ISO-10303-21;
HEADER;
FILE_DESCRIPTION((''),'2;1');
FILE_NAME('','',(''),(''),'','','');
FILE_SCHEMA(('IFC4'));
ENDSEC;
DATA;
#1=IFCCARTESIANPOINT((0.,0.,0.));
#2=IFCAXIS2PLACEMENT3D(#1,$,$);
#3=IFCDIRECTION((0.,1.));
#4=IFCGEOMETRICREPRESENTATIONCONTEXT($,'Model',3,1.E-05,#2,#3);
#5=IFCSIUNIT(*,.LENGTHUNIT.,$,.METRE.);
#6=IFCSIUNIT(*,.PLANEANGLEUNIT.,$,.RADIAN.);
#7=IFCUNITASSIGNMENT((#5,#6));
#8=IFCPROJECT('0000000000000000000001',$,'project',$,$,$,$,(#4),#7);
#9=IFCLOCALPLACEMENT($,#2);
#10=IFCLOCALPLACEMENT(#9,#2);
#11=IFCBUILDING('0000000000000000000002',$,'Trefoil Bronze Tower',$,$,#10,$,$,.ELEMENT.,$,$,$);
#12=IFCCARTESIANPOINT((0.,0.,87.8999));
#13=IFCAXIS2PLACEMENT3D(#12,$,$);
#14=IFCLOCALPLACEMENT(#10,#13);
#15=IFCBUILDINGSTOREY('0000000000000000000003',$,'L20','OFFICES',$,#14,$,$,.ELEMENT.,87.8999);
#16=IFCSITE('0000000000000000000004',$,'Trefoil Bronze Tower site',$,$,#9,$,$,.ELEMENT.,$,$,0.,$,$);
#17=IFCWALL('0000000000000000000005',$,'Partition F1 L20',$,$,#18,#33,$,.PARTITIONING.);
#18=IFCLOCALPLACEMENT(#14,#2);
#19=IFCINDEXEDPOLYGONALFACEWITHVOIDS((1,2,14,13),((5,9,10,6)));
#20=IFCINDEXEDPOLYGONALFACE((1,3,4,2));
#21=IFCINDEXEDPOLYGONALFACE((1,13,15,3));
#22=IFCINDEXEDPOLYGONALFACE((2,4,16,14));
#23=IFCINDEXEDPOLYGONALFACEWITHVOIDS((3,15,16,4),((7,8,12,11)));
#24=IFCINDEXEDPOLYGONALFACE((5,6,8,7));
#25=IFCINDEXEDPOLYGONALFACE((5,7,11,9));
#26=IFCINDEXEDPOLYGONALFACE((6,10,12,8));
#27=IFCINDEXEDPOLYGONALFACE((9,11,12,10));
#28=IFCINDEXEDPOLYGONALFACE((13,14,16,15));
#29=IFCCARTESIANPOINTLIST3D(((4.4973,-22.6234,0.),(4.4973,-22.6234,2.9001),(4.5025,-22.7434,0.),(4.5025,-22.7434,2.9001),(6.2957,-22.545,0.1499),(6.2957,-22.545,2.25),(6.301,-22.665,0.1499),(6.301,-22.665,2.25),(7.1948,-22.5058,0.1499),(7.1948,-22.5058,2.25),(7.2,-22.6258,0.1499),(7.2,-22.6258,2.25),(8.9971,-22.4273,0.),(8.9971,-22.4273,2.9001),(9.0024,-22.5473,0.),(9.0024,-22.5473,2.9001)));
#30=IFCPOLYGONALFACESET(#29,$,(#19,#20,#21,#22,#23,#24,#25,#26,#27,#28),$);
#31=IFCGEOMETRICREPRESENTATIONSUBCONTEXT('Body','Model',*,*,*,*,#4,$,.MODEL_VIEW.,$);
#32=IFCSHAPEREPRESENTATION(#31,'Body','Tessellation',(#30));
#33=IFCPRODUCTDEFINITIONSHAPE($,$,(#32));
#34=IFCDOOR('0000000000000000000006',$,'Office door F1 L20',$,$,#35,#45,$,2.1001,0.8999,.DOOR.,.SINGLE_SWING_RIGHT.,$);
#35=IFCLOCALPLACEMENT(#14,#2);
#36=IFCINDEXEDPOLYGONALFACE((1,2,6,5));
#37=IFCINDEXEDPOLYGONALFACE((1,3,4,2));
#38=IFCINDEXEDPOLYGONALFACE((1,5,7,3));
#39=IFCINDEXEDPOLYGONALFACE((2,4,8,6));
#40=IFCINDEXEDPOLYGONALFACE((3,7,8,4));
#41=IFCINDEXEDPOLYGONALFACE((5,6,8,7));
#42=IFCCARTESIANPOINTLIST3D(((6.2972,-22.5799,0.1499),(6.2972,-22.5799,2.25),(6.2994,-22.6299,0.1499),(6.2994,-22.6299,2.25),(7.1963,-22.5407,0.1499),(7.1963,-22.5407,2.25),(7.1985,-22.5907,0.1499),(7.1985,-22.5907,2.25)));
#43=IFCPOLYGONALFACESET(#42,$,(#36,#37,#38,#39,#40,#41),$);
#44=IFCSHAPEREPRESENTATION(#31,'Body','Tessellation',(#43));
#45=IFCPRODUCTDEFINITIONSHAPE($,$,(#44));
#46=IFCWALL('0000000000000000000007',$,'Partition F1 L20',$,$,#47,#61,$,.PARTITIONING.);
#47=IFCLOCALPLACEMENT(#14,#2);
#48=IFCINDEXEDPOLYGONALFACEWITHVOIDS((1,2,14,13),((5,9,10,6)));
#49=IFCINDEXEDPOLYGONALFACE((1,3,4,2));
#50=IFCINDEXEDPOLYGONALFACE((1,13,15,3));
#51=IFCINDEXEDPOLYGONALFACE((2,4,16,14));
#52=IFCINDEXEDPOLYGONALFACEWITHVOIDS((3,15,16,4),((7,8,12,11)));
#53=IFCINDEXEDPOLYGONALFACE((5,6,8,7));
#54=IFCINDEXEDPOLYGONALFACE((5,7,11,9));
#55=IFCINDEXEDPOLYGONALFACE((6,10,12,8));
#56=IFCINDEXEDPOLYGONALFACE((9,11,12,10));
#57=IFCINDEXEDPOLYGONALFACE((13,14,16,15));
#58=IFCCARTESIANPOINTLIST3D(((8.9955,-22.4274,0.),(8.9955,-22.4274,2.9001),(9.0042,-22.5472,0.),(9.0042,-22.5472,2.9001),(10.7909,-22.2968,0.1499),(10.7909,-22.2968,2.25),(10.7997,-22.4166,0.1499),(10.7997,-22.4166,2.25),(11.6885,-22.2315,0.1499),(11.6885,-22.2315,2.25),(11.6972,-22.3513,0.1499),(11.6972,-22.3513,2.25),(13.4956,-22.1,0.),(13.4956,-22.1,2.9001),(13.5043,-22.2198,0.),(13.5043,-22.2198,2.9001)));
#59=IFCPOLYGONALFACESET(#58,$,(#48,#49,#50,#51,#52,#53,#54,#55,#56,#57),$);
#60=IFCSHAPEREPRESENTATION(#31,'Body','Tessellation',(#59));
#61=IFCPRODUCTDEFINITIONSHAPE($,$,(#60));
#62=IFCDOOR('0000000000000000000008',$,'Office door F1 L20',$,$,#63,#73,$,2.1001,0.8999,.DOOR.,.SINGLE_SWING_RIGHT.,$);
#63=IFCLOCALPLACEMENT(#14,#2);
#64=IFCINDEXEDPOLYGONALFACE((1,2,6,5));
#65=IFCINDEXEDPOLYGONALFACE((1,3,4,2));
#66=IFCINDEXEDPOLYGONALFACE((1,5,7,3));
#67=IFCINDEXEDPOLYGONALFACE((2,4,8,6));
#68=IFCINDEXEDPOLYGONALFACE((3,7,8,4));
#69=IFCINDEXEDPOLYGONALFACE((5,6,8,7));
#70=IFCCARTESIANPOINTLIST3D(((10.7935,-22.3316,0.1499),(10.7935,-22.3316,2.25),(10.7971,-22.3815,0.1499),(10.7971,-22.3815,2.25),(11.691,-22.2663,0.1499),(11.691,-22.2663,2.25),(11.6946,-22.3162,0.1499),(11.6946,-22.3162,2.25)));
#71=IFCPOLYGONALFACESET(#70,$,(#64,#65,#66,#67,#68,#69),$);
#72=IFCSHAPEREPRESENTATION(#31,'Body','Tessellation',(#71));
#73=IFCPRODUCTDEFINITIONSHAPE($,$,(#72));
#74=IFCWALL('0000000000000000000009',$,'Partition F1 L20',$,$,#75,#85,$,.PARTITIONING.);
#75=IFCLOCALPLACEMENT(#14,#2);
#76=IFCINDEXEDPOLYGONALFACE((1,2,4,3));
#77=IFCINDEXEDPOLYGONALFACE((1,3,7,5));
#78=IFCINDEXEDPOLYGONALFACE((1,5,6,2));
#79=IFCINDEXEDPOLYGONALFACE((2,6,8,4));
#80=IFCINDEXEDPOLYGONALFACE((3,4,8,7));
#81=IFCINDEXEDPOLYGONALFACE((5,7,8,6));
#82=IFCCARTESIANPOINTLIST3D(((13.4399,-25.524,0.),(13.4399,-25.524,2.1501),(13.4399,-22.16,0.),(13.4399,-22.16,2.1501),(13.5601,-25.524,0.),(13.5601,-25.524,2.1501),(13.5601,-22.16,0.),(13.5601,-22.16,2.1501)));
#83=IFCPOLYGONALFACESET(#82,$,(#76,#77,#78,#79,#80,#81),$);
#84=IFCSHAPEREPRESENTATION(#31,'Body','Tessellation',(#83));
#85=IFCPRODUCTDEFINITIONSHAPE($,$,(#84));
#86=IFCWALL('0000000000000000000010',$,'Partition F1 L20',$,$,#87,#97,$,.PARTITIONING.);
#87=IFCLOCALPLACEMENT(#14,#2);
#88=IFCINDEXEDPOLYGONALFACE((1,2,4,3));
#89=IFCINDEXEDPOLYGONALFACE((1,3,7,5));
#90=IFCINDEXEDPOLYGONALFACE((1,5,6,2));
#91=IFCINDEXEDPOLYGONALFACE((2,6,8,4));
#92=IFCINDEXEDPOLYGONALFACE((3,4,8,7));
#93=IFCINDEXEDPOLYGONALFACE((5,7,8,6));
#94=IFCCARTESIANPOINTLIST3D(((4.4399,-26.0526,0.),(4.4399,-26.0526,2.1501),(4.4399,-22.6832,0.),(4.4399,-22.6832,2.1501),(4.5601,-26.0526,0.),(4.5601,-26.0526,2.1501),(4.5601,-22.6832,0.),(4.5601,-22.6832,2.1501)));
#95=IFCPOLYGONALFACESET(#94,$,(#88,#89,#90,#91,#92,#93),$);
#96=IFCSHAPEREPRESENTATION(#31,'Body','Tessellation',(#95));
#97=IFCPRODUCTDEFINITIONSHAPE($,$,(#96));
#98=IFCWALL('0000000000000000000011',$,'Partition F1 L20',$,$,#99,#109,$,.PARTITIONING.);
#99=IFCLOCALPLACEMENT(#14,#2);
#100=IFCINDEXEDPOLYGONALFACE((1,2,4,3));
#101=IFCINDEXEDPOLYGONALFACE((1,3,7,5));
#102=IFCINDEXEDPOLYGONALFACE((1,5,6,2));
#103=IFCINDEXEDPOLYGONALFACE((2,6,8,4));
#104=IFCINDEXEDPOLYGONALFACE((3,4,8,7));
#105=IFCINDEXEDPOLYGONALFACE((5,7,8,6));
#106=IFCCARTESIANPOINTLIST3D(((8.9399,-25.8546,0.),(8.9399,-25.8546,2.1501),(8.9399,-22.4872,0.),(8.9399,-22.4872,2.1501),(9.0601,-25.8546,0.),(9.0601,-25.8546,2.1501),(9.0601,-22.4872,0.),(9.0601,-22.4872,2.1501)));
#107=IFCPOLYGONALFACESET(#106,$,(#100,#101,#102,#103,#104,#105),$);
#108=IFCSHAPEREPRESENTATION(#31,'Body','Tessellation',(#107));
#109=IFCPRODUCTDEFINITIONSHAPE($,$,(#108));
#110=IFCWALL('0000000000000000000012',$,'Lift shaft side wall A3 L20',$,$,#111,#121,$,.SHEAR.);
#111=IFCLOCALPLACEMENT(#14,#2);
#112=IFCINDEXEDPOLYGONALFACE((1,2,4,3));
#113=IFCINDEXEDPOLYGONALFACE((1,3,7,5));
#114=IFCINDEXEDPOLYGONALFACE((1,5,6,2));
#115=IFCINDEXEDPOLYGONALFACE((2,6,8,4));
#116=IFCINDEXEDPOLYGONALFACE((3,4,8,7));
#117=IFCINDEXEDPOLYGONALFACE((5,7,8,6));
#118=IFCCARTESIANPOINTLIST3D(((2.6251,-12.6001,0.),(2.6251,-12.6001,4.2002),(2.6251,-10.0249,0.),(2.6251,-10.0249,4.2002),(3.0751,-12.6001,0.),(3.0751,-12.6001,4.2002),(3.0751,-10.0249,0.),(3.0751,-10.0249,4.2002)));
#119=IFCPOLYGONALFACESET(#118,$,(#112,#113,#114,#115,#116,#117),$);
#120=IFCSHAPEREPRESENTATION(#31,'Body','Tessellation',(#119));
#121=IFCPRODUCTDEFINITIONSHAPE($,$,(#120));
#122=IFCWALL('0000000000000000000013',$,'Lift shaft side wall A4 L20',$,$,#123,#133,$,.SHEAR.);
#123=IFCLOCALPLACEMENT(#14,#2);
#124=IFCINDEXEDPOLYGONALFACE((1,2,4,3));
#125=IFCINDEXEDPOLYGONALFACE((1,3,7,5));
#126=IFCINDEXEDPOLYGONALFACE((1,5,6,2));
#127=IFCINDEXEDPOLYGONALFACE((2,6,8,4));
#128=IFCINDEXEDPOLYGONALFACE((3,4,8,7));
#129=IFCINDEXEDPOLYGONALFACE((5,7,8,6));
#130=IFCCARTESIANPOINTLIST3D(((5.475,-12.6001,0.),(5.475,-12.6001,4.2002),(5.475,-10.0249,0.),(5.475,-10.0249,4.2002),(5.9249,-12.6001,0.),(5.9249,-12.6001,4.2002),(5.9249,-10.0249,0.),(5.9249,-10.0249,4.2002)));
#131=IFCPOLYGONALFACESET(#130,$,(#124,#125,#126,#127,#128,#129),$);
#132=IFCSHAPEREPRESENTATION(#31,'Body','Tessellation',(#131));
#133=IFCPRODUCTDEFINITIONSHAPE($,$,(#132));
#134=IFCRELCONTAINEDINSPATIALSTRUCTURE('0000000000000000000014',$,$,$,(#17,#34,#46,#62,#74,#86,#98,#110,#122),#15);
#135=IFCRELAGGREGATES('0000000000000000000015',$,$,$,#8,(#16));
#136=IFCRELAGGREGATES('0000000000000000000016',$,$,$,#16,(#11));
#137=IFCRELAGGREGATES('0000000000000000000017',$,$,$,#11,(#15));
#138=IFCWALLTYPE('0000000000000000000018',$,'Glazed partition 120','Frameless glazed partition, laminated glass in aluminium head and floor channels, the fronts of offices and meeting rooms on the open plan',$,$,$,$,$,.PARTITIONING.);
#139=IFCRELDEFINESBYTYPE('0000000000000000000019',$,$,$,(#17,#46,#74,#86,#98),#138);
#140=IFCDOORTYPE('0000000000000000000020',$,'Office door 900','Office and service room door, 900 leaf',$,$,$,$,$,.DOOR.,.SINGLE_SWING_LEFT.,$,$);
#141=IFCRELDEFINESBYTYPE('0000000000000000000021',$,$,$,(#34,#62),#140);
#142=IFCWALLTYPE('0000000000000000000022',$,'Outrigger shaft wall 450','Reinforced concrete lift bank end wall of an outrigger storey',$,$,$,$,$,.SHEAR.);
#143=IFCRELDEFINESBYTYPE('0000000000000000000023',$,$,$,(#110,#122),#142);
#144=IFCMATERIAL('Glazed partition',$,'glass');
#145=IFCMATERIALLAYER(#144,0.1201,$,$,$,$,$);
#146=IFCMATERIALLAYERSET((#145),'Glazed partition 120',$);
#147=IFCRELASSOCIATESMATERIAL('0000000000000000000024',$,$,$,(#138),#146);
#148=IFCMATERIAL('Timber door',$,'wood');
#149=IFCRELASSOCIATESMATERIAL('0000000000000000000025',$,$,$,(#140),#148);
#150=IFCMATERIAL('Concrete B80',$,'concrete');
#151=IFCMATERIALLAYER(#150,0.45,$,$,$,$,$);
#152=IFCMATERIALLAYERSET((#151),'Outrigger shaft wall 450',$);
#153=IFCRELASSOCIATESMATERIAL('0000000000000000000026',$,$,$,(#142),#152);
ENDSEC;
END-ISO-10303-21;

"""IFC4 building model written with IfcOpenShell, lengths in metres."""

from ifc_helpers import new_model, si_unit, direction, frame, frame_2d, origin, place, context, subcontext, project, spatial, rectangle, extrude, material, layer, layer_set, type_object, element, fill, save


model = new_model("IFC4")

# Units and contexts
model_context = context("Model", 3, precision=1e-05, world=origin(), true_north=direction((0.0, 1.0)))
body_context = subcontext(model_context, "Body", "Model", "MODEL_VIEW")
ifc_project = project(units=[si_unit("LENGTHUNIT", "METRE"), si_unit("PLANEANGLEUNIT", "RADIAN")], contexts=[model_context])

# Site, building, storey
site_placement = place(None, origin())
site = spatial("IfcSite", under=ifc_project, at=site_placement, Name="Trefoil Bronze Tower site", CompositionType="ELEMENT", RefElevation=0.0)
building_placement = place(site_placement, origin())
building = spatial("IfcBuilding", under=site, at=building_placement, Name="Trefoil Bronze Tower", CompositionType="ELEMENT")
storey_placement = place(building_placement, frame((0.0, 0.0, 87.8999)))
storey = spatial("IfcBuildingStorey", under=building, at=storey_placement, Name="L20", Description="OFFICES", CompositionType="ELEMENT", Elevation=87.8999)

# Walls, openings, doors
ifc_material_1 = material(Name="Glazed partition", Category="glass")
ifc_layer_1 = layer(ifc_material_1, 0.1201)
ifc_layer_set_1 = layer_set([ifc_layer_1], Name="Glazed partition 120")
wall_type_1 = type_object("IfcWallType", Name="Glazed partition 120", Description="Frameless glazed partition, laminated glass in aluminium head and floor channels, the fronts of offices and meeting rooms on the open plan", PredefinedType="PARTITIONING", material=ifc_layer_set_1)
wall_1_placement = place(storey_placement, frame((4.5, -22.6833, 0.0), z_axis=(0.0, 0.0, 1.0), x_axis=(0.999052, 0.043524, 0.0)))
wall_1 = element("IfcWall", 1, at=wall_1_placement, inside=storey, type_object=wall_type_1, Name="Partition F1 L20", PredefinedType="PARTITIONING", context=body_context, shape_type="SweptSolid", body=[
    extrude(rectangle(XDim=4.5042, YDim=0.1201, at=frame_2d((2.252, 0.0))), origin(), (0.0, 0.0, 1.0), 2.9001),
])
opening_1_placement = place(wall_1_placement, frame((1.8, 0.0, 0.1499)))
opening_1 = element("IfcOpeningElement", 2, at=opening_1_placement, cuts=wall_1, PredefinedType="OPENING", context=body_context, shape_type="SweptSolid", body=[
    extrude(rectangle(XDim=0.8999, YDim=2.1001, at=frame_2d((0.45, 1.05))), frame((0.0, 0.0701, 0.0), z_axis=(0.0, -1.0, 0.0), x_axis=(1.0, 0.0, 0.0)), (0.0, 0.0, 1.0), 0.1401),
])
ifc_material_2 = material(Name="Timber door", Category="wood")
door_type_1 = type_object("IfcDoorType", Name="Office door 900", Description="Office and service room door, 900 leaf", OperationType="SINGLE_SWING_LEFT", PredefinedType="DOOR", material=ifc_material_2)
door_1_placement = place(opening_1_placement, frame((0.8999, 0.0, 0.0), z_axis=(0.0, 0.0, 1.0), x_axis=(-1.0, 0.0, 0.0)))
door_1 = element("IfcDoor", 3, at=door_1_placement, inside=storey, type_object=door_type_1, Name="Office door F1 L20", OperationType="SINGLE_SWING_RIGHT", OverallHeight=2.1001, OverallWidth=0.8999, PredefinedType="DOOR", context=body_context, shape_type="SweptSolid", body=[
    extrude(rectangle(XDim=0.8999, YDim=2.1001, at=frame_2d((0.45, 1.05))), frame((0.0, 0.0249, 0.0), z_axis=(0.0, -1.0, 0.0), x_axis=(1.0, 0.0, 0.0)), (0.0, 0.0, 1.0), 0.05),
])
fill(opening_1, door_1)
wall_2_placement = place(storey_placement, frame((9.0, -22.4873, 0.0), z_axis=(0.0, 0.0, 1.0), x_axis=(0.997364, 0.072562, 0.0)))
wall_2 = element("IfcWall", 4, at=wall_2_placement, inside=storey, type_object=wall_type_1, Name="Partition F1 L20", PredefinedType="PARTITIONING", context=body_context, shape_type="SweptSolid", body=[
    extrude(rectangle(XDim=4.512, YDim=0.1201, at=frame_2d((2.2559, 0.0))), origin(), (0.0, 0.0, 1.0), 2.9001),
])
opening_2_placement = place(wall_2_placement, frame((1.8, 0.0, 0.1499)))
opening_2 = element("IfcOpeningElement", 5, at=opening_2_placement, cuts=wall_2, PredefinedType="OPENING", context=body_context, shape_type="SweptSolid", body=[
    extrude(rectangle(XDim=0.8999, YDim=2.1001, at=frame_2d((0.45, 1.05))), frame((0.0, 0.0701, 0.0), z_axis=(0.0, -1.0, 0.0), x_axis=(1.0, 0.0, 0.0)), (0.0, 0.0, 1.0), 0.1401),
])
door_2_placement = place(opening_2_placement, frame((0.8999, 0.0, 0.0), z_axis=(0.0, 0.0, 1.0), x_axis=(-1.0, 0.0, 0.0)))
door_2 = element("IfcDoor", 6, at=door_2_placement, inside=storey, type_object=door_type_1, Name="Office door F1 L20", OperationType="SINGLE_SWING_RIGHT", OverallHeight=2.1001, OverallWidth=0.8999, PredefinedType="DOOR", context=body_context, shape_type="SweptSolid", body=[
    extrude(rectangle(XDim=0.8999, YDim=2.1001, at=frame_2d((0.45, 1.05))), frame((0.0, 0.0249, 0.0), z_axis=(0.0, -1.0, 0.0), x_axis=(1.0, 0.0, 0.0)), (0.0, 0.0, 1.0), 0.05),
])
fill(opening_2, door_2)

# Walls
wall_3_placement = place(storey_placement, frame((13.5, -22.1599, 0.0), z_axis=(0.0, 0.0, 1.0), x_axis=(0.0, -1.0, 0.0)))
element("IfcWall", 7, at=wall_3_placement, inside=storey, type_object=wall_type_1, Name="Partition F1 L20", PredefinedType="PARTITIONING", context=body_context, shape_type="SweptSolid", body=[
    extrude(rectangle(XDim=3.364, YDim=0.1201, at=frame_2d((1.6821, 0.0))), origin(), (0.0, 0.0, 1.0), 2.1501),
])
wall_4_placement = place(storey_placement, frame((4.5, -22.6833, 0.0), z_axis=(0.0, 0.0, 1.0), x_axis=(0.0, -1.0, 0.0)))
element("IfcWall", 8, at=wall_4_placement, inside=storey, type_object=wall_type_1, Name="Partition F1 L20", PredefinedType="PARTITIONING", context=body_context, shape_type="SweptSolid", body=[
    extrude(rectangle(XDim=3.3694, YDim=0.1201, at=frame_2d((1.6846, 0.0))), origin(), (0.0, 0.0, 1.0), 2.1501),
])
wall_5_placement = place(storey_placement, frame((9.0, -22.4873, 0.0), z_axis=(0.0, 0.0, 1.0), x_axis=(0.0, -1.0, 0.0)))
element("IfcWall", 9, at=wall_5_placement, inside=storey, type_object=wall_type_1, Name="Partition F1 L20", PredefinedType="PARTITIONING", context=body_context, shape_type="SweptSolid", body=[
    extrude(rectangle(XDim=3.3674, YDim=0.1201, at=frame_2d((1.6836, 0.0))), origin(), (0.0, 0.0, 1.0), 2.1501),
])
ifc_material_3 = material(Name="Concrete B80", Category="concrete")
ifc_layer_2 = layer(ifc_material_3, 0.45)
ifc_layer_set_2 = layer_set([ifc_layer_2], Name="Outrigger shaft wall 450")
wall_type_2 = type_object("IfcWallType", Name="Outrigger shaft wall 450", Description="Reinforced concrete lift bank end wall of an outrigger storey", PredefinedType="SHEAR", material=ifc_layer_set_2)
for number, where, z_axis, x_axis, name in (
    (10, (2.8501, -10.0249, 0.0), (0.0, 0.0, 1.0), (0.0, -1.0, 0.0), "Lift shaft side wall A3 L20"),
    (11, (5.7, -10.0249, 0.0), (0.0, 0.0, 1.0), (0.0, -1.0, 0.0), "Lift shaft side wall A4 L20"),
):
    element("IfcWall", number, at=place(storey_placement, frame(where, z_axis=z_axis, x_axis=x_axis)), inside=storey, type_object=wall_type_2, Name=name, PredefinedType="SHEAR", context=body_context, shape_type="SweptSolid", body=[
        extrude(rectangle(XDim=2.5752, YDim=0.45, at=frame_2d((1.2876, 0.0))), origin(), (0.0, 0.0, 1.0), 4.2002),
    ])

save(model, "model.ifc")
